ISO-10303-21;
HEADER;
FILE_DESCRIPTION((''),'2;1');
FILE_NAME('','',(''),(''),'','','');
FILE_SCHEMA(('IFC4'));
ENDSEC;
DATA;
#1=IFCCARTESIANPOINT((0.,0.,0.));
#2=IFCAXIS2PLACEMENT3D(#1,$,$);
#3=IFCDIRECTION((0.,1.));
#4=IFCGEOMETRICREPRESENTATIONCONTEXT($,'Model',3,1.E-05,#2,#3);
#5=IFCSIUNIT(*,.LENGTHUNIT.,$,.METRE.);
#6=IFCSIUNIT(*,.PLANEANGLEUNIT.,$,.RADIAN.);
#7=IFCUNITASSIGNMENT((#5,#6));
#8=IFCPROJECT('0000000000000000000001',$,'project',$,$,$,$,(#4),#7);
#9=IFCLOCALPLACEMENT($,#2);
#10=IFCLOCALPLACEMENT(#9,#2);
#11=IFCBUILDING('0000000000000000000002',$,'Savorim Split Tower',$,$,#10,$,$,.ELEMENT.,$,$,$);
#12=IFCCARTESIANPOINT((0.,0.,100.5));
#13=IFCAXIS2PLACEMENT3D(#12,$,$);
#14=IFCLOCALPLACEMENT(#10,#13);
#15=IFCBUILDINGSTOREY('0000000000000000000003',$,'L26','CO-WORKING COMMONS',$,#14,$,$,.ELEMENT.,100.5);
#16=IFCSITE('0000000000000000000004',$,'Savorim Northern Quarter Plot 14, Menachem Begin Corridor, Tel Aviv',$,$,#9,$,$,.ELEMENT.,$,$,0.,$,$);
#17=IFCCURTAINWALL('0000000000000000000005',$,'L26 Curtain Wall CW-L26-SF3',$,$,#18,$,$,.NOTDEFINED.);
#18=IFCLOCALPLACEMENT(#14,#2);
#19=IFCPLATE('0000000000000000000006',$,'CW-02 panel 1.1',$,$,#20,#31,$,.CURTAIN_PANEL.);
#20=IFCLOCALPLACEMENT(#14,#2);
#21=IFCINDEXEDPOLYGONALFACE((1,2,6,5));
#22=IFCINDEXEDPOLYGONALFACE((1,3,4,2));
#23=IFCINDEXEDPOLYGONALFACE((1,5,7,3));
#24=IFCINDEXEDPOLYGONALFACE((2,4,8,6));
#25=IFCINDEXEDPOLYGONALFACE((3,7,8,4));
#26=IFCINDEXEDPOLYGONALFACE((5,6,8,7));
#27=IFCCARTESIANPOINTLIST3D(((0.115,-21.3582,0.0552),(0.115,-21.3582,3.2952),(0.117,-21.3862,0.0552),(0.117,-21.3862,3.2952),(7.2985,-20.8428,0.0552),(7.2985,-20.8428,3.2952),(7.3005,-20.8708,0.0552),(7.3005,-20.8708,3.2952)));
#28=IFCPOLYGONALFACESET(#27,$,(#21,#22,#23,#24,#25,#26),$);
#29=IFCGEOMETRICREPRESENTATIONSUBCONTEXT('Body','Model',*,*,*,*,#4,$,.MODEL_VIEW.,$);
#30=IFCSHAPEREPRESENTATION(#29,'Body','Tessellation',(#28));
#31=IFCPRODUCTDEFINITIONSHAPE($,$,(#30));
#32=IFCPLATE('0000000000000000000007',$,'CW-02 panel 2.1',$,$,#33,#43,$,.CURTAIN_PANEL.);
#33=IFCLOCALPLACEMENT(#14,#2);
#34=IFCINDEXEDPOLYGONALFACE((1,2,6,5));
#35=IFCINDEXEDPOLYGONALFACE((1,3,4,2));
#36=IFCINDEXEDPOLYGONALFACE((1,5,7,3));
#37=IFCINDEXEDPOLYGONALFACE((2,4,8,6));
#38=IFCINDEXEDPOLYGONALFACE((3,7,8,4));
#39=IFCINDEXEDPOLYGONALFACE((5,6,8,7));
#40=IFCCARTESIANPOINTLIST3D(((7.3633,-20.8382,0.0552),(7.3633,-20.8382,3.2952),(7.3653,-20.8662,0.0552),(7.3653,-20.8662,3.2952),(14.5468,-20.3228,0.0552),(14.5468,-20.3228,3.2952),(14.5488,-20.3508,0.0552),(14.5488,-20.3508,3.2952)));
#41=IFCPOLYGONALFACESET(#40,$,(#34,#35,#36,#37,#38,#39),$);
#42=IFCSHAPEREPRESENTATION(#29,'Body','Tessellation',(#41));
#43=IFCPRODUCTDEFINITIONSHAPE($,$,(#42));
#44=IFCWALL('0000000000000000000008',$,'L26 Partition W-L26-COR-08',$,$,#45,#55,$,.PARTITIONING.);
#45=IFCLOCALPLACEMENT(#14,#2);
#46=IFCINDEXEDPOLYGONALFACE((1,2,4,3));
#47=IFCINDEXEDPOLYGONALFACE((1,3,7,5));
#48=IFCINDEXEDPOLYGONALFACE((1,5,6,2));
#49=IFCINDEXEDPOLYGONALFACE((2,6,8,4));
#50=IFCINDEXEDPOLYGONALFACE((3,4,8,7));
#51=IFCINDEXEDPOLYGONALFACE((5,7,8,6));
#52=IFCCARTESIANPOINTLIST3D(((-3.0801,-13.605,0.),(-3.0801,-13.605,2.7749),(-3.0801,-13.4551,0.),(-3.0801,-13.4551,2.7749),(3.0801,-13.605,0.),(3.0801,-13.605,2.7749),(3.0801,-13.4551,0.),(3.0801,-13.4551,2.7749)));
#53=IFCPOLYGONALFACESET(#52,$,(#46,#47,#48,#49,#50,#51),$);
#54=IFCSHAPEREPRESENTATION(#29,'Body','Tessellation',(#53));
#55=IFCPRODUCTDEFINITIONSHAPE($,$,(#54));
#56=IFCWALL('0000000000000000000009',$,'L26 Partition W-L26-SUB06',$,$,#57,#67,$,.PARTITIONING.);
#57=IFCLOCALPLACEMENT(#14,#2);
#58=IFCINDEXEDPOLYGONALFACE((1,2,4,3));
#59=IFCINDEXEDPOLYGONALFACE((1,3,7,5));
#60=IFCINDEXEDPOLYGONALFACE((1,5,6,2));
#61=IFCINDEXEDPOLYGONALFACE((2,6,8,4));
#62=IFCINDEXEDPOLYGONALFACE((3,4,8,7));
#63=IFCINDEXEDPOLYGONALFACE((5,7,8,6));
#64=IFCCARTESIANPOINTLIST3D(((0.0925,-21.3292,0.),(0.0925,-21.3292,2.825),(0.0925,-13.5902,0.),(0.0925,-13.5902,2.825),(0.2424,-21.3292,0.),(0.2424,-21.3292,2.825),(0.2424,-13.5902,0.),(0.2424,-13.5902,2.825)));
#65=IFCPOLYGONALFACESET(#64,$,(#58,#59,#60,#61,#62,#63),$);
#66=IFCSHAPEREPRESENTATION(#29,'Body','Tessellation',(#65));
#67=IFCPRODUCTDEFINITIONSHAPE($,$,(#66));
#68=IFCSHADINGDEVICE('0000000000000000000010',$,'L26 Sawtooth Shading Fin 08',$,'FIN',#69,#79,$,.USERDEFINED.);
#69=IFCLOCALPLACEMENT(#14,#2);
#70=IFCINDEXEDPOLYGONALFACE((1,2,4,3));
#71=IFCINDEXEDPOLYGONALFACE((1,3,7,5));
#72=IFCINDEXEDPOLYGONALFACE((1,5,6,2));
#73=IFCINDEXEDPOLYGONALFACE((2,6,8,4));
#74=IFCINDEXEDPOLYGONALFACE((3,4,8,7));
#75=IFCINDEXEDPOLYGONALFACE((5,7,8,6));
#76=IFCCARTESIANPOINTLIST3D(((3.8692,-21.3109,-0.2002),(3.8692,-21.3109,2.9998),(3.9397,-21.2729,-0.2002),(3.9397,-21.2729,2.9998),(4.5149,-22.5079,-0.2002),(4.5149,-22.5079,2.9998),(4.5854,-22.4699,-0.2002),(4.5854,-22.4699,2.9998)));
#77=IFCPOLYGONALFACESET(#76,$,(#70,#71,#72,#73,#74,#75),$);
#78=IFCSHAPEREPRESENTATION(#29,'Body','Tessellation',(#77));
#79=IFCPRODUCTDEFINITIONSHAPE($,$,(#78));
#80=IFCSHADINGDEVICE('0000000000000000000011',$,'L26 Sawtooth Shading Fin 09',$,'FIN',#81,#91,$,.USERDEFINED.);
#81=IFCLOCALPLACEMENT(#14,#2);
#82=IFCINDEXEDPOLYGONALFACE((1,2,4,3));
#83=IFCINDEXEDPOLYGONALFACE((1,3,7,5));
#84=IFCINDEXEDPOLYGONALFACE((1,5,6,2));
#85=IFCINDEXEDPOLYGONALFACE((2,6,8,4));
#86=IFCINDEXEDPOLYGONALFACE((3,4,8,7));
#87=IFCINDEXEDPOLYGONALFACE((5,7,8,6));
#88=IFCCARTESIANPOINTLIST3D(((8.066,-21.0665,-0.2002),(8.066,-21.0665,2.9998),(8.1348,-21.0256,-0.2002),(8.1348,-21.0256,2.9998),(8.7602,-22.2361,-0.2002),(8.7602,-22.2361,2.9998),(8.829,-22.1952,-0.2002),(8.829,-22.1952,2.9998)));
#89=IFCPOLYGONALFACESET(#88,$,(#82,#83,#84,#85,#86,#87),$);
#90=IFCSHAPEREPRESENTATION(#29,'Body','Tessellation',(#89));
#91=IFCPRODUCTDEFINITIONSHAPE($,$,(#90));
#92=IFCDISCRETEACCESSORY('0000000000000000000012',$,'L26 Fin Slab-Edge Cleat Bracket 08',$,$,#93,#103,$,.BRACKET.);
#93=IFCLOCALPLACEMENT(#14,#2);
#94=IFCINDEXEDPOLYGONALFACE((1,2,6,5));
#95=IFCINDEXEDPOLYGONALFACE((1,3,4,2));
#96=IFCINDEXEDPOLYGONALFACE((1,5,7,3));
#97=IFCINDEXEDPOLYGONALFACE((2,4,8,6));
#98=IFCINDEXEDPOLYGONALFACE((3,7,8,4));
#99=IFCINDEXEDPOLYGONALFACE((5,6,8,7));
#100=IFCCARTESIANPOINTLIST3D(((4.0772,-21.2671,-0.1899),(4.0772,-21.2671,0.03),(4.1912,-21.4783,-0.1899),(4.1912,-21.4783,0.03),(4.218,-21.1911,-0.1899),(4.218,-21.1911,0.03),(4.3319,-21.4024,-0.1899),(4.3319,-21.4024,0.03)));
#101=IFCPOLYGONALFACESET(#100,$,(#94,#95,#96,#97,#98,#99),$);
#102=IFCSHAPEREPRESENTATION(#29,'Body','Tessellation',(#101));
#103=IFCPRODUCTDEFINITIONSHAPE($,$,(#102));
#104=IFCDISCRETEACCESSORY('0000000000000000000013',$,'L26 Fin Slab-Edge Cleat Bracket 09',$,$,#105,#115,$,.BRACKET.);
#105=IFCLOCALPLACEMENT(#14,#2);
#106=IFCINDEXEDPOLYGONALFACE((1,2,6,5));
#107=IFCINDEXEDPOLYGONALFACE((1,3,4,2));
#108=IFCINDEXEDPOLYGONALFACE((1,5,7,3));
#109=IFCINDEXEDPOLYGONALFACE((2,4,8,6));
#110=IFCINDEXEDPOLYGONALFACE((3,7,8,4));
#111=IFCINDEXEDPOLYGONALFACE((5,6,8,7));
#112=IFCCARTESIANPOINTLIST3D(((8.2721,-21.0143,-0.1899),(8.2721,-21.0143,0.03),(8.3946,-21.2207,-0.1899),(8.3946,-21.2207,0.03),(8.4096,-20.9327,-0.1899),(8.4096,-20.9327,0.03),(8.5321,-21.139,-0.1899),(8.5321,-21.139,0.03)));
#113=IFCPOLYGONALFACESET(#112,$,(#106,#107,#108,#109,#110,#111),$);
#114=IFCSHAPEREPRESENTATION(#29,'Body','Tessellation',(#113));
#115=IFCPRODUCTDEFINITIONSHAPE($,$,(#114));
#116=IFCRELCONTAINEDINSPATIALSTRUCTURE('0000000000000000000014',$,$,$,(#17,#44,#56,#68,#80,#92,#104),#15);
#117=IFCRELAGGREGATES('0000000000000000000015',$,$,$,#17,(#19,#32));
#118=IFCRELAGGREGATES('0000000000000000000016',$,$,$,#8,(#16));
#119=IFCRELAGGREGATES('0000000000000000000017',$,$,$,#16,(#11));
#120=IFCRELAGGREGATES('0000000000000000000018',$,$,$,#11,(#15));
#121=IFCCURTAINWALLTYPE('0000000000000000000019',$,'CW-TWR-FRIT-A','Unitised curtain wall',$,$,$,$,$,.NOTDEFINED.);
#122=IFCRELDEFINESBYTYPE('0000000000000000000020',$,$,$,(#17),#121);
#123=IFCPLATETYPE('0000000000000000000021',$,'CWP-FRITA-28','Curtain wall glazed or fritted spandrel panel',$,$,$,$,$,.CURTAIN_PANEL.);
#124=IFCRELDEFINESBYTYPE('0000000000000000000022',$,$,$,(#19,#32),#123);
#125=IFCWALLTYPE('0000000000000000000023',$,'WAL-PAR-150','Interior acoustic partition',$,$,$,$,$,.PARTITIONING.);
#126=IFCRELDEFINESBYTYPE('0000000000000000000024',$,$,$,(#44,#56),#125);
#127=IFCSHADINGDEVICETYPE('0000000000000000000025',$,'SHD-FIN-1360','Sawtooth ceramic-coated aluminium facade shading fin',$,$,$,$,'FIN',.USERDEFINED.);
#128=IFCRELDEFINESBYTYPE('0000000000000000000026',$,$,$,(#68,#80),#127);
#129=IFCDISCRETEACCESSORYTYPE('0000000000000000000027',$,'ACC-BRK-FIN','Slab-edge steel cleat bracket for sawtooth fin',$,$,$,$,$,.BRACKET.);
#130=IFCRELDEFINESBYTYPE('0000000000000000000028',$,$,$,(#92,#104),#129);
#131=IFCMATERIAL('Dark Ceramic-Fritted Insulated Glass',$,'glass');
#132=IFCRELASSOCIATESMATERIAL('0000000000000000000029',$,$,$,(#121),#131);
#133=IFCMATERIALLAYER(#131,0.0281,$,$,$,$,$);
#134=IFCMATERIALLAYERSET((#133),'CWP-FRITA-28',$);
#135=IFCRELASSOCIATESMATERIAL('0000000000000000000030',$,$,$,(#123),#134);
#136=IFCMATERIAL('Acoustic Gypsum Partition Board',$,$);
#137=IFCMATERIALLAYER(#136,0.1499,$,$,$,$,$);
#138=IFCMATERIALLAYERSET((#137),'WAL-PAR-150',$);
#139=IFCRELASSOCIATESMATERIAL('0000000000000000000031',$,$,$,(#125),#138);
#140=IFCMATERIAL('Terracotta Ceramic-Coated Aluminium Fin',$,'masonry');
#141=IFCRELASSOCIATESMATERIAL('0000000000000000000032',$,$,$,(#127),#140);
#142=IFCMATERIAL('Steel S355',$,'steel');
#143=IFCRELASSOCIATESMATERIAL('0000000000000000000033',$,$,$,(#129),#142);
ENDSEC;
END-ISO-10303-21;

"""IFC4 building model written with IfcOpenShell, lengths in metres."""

from ifc_helpers import new_model, si_unit, direction, frame, frame_2d, origin, origin_2d, place, context, subcontext, project, spatial, rectangle, extrude, material, layer, layer_set, type_object, element, aggregate, save


model = new_model("IFC4")

# Units and contexts
model_context = context("Model", 3, precision=1e-05, world=origin(), true_north=direction((0.0, 1.0)))
body_context = subcontext(model_context, "Body", "Model", "MODEL_VIEW")
ifc_project = project(units=[si_unit("LENGTHUNIT", "METRE"), si_unit("PLANEANGLEUNIT", "RADIAN")], contexts=[model_context])

# Site, building, storey
site_placement = place(None, origin())
site = spatial("IfcSite", under=ifc_project, at=site_placement, Name="Savorim Northern Quarter Plot 14, Menachem Begin Corridor, Tel Aviv", CompositionType="ELEMENT", RefElevation=0.0)
building_placement = place(site_placement, origin())
building = spatial("IfcBuilding", under=site, at=building_placement, Name="Savorim Split Tower", CompositionType="ELEMENT")
storey_placement = place(building_placement, frame((0.0, 0.0, 100.5)))
storey = spatial("IfcBuildingStorey", under=building, at=storey_placement, Name="L26", Description="CO-WORKING COMMONS", CompositionType="ELEMENT", Elevation=100.5)

# Shared definitions
ifc_material_1 = material(Name="Steel S355", Category="steel")

# Curtain wall, plates
ifc_material_2 = material(Name="Dark Ceramic-Fritted Insulated Glass", Category="glass")
curtain_wall_type = type_object("IfcCurtainWallType", Name="CW-TWR-FRIT-A", Description="Unitised curtain wall", PredefinedType="NOTDEFINED", material=ifc_material_2)
curtain_wall_placement = place(storey_placement, origin())
curtain_wall = element("IfcCurtainWall", 1, at=curtain_wall_placement, inside=storey, type_object=curtain_wall_type, Name="L26 Curtain Wall CW-L26-SF3", PredefinedType="NOTDEFINED")
ifc_layer_1 = layer(ifc_material_2, 0.0281)
ifc_layer_set_1 = layer_set([ifc_layer_1], Name="CWP-FRITA-28")
plate_type = type_object("IfcPlateType", Name="CWP-FRITA-28", Description="Curtain wall glazed or fritted spandrel panel", PredefinedType="CURTAIN_PANEL", material=ifc_layer_set_1)
plate_1_placement = place(storey_placement, frame((3.7078, -21.1145, 0.0552), z_axis=(0.0, 0.0, 1.0), x_axis=(0.997436, 0.071561, 0.0)))
plate_1 = element("IfcPlate", 2, at=plate_1_placement, type_object=plate_type, Name="CW-02 panel 1.1", PredefinedType="CURTAIN_PANEL", context=body_context, shape_type="SweptSolid", body=[
    extrude(rectangle(XDim=7.2019, YDim=0.0281, at=origin_2d()), origin(), (0.0, 0.0, 1.0), 3.24),
])
plate_2_placement = place(storey_placement, frame((10.9561, -20.5945, 0.0552), z_axis=(0.0, 0.0, 1.0), x_axis=(0.997436, 0.071561, 0.0)))
plate_2 = element("IfcPlate", 3, at=plate_2_placement, type_object=plate_type, Name="CW-02 panel 2.1", PredefinedType="CURTAIN_PANEL", context=body_context, shape_type="SweptSolid", body=[
    extrude(rectangle(XDim=7.2019, YDim=0.0281, at=origin_2d()), origin(), (0.0, 0.0, 1.0), 3.24),
])
aggregate(curtain_wall, [plate_1, plate_2])

# Walls
ifc_material_3 = material(Name="Acoustic Gypsum Partition Board")
ifc_layer_2 = layer(ifc_material_3, 0.1499)
ifc_layer_set_2 = layer_set([ifc_layer_2], Name="WAL-PAR-150")
wall_type = type_object("IfcWallType", Name="WAL-PAR-150", Description="Interior acoustic partition", PredefinedType="PARTITIONING", material=ifc_layer_set_2)
wall_1_placement = place(storey_placement, frame((3.0801, -13.53, 0.0), z_axis=(0.0, 0.0, 1.0), x_axis=(-1.0, 0.0, 0.0)))
element("IfcWall", 4, at=wall_1_placement, inside=storey, type_object=wall_type, Name="L26 Partition W-L26-COR-08", PredefinedType="PARTITIONING", context=body_context, shape_type="SweptSolid", body=[
    extrude(rectangle(XDim=6.1602, YDim=0.1499, at=frame_2d((3.0801, 0.0))), origin(), (0.0, 0.0, 1.0), 2.7749),
])
wall_2_placement = place(storey_placement, frame((0.1675, -13.5901, 0.0), z_axis=(0.0, 0.0, 1.0), x_axis=(0.0, -1.0, 0.0)))
element("IfcWall", 5, at=wall_2_placement, inside=storey, type_object=wall_type, Name="L26 Partition W-L26-SUB06", PredefinedType="PARTITIONING", context=body_context, shape_type="SweptSolid", body=[
    extrude(rectangle(XDim=7.739, YDim=0.1499, at=frame_2d((3.8696, 0.0))), origin(), (0.0, 0.0, 1.0), 2.825),
])

# Shading devices
ifc_material_4 = material(Name="Terracotta Ceramic-Coated Aluminium Fin", Category="masonry")
shading_device_type = type_object("IfcShadingDeviceType", Name="SHD-FIN-1360", Description="Sawtooth ceramic-coated aluminium facade shading fin", ElementType="FIN", PredefinedType="USERDEFINED", material=ifc_material_4)
for number, where, z_axis, x_axis, name in (
    (6, (4.2273, -21.8904, -0.2002), (0.0, 0.0, 1.0), (0.474778, -0.880106, 0.0), "L26 Sawtooth Shading Fin 08"),
    (7, (8.4475, -21.6309, -0.2002), (0.0, 0.0, 1.0), (0.510391, -0.859942, 0.0), "L26 Sawtooth Shading Fin 09"),
):
    element("IfcShadingDevice", number, at=place(storey_placement, frame(where, z_axis=z_axis, x_axis=x_axis)), inside=storey, type_object=shading_device_type, Name=name, ObjectType="FIN", PredefinedType="USERDEFINED", context=body_context, shape_type="SweptSolid", body=[
        extrude(rectangle(XDim=1.3601, YDim=0.0801, at=origin_2d()), origin(), (0.0, 0.0, 1.0), 3.2),
    ])

# Discrete accessories
discrete_accessory_type = type_object("IfcDiscreteAccessoryType", Name="ACC-BRK-FIN", Description="Slab-edge steel cleat bracket for sawtooth fin", PredefinedType="BRACKET", material=ifc_material_1)
for number, where, z_axis, x_axis, name in (
    (8, (4.2046, -21.3347, -0.1899), (0.0, 0.0, 1.0), (0.474778, -0.880106, 0.0), "L26 Fin Slab-Edge Cleat Bracket 08"),
    (9, (8.4021, -21.0767, -0.1899), (0.0, 0.0, 1.0), (0.510391, -0.859942, 0.0), "L26 Fin Slab-Edge Cleat Bracket 09"),
):
    element("IfcDiscreteAccessory", number, at=place(storey_placement, frame(where, z_axis=z_axis, x_axis=x_axis)), inside=storey, type_object=discrete_accessory_type, Name=name, PredefinedType="BRACKET", context=body_context, shape_type="SweptSolid", body=[
        extrude(rectangle(XDim=0.24, YDim=0.1599, at=origin_2d()), origin(), (0.0, 0.0, 1.0), 0.22),
    ])

save(model, "model.ifc")
